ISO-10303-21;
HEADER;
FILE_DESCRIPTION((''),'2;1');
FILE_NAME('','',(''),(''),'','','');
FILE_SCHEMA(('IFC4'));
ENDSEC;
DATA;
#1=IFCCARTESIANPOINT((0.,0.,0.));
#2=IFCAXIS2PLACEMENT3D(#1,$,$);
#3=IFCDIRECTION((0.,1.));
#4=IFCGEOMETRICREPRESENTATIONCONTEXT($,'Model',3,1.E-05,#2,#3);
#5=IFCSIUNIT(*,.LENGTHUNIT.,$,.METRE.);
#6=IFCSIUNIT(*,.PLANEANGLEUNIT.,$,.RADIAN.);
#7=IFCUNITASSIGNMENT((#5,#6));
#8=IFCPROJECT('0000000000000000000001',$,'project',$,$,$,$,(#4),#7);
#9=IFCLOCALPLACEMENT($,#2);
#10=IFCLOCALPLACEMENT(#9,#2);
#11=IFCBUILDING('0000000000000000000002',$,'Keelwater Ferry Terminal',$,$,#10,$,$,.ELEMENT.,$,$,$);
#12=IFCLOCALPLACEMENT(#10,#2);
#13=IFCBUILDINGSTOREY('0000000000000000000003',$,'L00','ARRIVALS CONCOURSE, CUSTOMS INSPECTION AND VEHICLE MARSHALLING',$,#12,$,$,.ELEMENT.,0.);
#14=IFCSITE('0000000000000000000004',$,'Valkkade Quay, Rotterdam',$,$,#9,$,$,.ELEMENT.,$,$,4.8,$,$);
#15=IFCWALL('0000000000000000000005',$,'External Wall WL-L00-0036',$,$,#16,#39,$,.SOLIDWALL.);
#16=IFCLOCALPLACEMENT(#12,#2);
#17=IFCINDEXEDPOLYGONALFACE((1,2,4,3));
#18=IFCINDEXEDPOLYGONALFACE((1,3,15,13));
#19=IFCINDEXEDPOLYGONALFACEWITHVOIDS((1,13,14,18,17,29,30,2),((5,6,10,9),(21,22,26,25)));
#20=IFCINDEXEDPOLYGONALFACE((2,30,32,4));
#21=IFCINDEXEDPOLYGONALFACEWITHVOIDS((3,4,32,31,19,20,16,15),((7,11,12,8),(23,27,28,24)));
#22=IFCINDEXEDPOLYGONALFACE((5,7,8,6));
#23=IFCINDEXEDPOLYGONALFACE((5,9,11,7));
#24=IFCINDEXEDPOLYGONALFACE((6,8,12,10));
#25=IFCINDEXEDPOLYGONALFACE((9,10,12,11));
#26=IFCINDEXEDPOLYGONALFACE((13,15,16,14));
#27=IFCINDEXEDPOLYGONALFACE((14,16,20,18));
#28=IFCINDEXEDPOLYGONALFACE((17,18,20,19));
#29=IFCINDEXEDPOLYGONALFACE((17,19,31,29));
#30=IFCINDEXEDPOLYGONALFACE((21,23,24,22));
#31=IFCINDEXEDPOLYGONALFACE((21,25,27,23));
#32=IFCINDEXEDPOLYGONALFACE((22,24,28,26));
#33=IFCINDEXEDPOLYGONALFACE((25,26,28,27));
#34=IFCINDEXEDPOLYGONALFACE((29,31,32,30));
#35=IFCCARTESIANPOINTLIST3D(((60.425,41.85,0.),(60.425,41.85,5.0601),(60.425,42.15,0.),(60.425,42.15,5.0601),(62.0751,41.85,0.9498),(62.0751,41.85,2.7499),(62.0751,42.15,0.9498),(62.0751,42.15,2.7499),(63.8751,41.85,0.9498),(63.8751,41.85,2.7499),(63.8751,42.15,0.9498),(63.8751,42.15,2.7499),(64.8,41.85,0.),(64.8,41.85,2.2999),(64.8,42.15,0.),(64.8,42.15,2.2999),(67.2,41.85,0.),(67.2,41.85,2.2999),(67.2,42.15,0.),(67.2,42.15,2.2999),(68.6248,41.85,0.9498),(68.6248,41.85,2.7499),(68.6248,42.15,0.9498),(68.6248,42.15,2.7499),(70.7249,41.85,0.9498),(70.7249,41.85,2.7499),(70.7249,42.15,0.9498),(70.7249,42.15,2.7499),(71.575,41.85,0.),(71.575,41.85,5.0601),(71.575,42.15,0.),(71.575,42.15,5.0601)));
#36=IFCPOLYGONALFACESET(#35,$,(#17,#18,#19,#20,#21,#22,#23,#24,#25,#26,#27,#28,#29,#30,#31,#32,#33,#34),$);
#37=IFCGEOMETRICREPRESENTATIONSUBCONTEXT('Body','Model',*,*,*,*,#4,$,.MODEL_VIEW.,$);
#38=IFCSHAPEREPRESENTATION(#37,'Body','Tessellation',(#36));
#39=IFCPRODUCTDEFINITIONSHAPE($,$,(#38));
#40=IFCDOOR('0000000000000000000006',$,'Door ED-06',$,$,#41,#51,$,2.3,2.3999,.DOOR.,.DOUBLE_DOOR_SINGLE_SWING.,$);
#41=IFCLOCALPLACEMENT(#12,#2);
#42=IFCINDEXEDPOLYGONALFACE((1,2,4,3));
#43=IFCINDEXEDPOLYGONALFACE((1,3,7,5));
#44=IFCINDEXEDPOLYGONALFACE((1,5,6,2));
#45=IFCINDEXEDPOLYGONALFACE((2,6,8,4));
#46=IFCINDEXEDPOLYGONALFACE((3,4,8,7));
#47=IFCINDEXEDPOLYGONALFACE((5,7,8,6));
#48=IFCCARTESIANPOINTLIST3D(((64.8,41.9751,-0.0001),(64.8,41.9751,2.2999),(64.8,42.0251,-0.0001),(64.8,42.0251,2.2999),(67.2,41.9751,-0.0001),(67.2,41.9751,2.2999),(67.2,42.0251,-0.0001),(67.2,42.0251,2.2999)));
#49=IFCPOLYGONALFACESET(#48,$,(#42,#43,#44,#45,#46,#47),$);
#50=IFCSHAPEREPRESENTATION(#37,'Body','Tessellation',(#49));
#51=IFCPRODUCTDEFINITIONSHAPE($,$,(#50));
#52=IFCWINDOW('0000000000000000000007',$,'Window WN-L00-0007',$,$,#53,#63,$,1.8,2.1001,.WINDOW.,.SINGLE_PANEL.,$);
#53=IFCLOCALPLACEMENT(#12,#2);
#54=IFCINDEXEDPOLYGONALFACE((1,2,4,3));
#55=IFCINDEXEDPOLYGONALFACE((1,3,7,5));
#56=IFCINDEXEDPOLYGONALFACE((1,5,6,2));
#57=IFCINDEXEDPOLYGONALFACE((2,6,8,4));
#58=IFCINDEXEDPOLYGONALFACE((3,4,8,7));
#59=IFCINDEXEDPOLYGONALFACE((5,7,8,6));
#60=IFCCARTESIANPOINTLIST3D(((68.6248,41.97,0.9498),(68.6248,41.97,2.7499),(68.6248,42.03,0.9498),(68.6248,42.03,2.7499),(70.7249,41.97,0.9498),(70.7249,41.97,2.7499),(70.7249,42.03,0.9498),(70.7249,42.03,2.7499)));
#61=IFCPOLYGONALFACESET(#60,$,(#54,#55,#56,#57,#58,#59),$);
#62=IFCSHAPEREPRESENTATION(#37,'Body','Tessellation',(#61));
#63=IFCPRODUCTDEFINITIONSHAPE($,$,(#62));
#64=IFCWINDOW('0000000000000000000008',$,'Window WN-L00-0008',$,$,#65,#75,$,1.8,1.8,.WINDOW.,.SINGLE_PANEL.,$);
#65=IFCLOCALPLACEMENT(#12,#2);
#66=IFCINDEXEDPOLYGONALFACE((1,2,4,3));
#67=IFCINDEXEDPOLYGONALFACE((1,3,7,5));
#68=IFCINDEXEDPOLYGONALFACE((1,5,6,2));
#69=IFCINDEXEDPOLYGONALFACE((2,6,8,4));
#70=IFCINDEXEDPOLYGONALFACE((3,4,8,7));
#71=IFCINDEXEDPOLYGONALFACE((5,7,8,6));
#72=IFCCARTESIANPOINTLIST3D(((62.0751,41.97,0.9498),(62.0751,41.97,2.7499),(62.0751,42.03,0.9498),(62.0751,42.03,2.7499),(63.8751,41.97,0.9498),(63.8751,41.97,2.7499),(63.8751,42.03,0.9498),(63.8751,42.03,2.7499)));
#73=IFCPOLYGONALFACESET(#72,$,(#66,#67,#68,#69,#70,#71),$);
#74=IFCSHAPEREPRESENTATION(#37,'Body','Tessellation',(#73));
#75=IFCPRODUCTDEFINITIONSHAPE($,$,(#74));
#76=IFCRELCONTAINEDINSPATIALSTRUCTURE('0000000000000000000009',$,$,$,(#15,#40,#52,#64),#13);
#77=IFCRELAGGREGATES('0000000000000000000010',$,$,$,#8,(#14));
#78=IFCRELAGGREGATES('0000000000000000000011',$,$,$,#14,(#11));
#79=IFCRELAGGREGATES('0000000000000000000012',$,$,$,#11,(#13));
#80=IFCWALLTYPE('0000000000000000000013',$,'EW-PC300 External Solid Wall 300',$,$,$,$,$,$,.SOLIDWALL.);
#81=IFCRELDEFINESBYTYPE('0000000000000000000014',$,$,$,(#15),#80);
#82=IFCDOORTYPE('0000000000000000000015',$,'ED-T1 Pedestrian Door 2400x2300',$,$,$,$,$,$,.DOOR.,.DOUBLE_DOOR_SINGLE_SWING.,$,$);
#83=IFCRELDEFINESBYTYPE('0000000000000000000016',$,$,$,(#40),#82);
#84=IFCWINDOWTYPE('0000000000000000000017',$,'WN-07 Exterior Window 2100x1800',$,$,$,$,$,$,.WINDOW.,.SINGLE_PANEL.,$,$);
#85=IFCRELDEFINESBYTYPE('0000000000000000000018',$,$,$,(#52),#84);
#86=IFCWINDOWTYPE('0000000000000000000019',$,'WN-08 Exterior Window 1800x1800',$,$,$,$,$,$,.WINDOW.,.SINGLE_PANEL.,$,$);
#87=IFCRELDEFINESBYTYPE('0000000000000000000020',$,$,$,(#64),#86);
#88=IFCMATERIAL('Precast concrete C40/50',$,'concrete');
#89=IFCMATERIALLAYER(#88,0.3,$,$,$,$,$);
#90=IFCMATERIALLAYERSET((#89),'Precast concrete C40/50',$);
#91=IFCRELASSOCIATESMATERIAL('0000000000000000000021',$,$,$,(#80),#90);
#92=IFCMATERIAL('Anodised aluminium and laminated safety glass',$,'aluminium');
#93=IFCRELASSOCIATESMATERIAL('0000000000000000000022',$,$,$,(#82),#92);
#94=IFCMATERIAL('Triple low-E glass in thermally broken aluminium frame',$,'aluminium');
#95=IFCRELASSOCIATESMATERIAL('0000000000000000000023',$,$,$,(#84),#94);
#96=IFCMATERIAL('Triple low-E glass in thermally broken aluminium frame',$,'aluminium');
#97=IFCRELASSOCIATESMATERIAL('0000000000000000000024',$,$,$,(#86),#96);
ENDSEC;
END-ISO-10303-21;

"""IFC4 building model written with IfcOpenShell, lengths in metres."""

from ifc_helpers import new_model, si_unit, direction, frame, frame_2d, origin, place, context, subcontext, project, spatial, rectangle, extrude, material, layer, layer_set, type_object, element, fill, save


model = new_model("IFC4")

# Units and contexts
model_context = context("Model", 3, precision=1e-05, world=origin(), true_north=direction((0.0, 1.0)))
body_context = subcontext(model_context, "Body", "Model", "MODEL_VIEW")
ifc_project = project(units=[si_unit("LENGTHUNIT", "METRE"), si_unit("PLANEANGLEUNIT", "RADIAN")], contexts=[model_context])

# Site, building, storey
site_placement = place(None, origin())
site = spatial("IfcSite", under=ifc_project, at=site_placement, Name="Valkkade Quay, Rotterdam", CompositionType="ELEMENT", RefElevation=4.8)
building_placement = place(site_placement, origin())
building = spatial("IfcBuilding", under=site, at=building_placement, Name="Keelwater Ferry Terminal", CompositionType="ELEMENT")
storey_placement = place(building_placement, origin())
storey = spatial("IfcBuildingStorey", under=building, at=storey_placement, Name="L00", Description="ARRIVALS CONCOURSE, CUSTOMS INSPECTION AND VEHICLE MARSHALLING", CompositionType="ELEMENT", Elevation=0.0)

# Wall, openings, door, windows
ifc_material_1 = material(Name="Precast concrete C40/50", Category="concrete")
ifc_layer = layer(ifc_material_1, 0.3)
ifc_layer_set = layer_set([ifc_layer], Name="Precast concrete C40/50")
wall_type = type_object("IfcWallType", Name="EW-PC300 External Solid Wall 300", PredefinedType="SOLIDWALL", material=ifc_layer_set)
wall_placement = place(storey_placement, frame((71.575, 42.0, 0.0), z_axis=(0.0, 0.0, 1.0), x_axis=(-1.0, 0.0, 0.0)))
wall = element("IfcWall", 1, at=wall_placement, inside=storey, type_object=wall_type, Name="External Wall WL-L00-0036", PredefinedType="SOLIDWALL", context=body_context, shape_type="SweptSolid", body=[
    extrude(rectangle(XDim=11.1499, YDim=0.3, at=frame_2d((5.575, 0.0))), origin(), (0.0, 0.0, 1.0), 5.0601),
])
opening_1_placement = place(wall_placement, frame((4.375, 0.0, 0.0)))
opening_1 = element("IfcOpeningElement", 2, at=opening_1_placement, cuts=wall, PredefinedType="OPENING", context=body_context, shape_type="SweptSolid", body=[
    extrude(rectangle(XDim=2.3999, YDim=2.3, at=frame_2d((1.2, 1.1499))), frame((0.0, 0.1599, 0.0), z_axis=(0.0, -1.0, 0.0), x_axis=(1.0, 0.0, 0.0)), (0.0, 0.0, 1.0), 0.3201),
])
opening_2_placement = place(wall_placement, frame((0.8501, 0.0, 0.95)))
opening_2 = element("IfcOpeningElement", 3, at=opening_2_placement, cuts=wall, PredefinedType="OPENING", context=body_context, shape_type="SweptSolid", body=[
    extrude(rectangle(XDim=2.1001, YDim=1.8, at=frame_2d((1.05, 0.8999))), frame((0.0, 0.1599, 0.0), z_axis=(0.0, -1.0, 0.0), x_axis=(1.0, 0.0, 0.0)), (0.0, 0.0, 1.0), 0.3201),
])
opening_3_placement = place(wall_placement, frame((7.7, 0.0, 0.95)))
opening_3 = element("IfcOpeningElement", 4, at=opening_3_placement, cuts=wall, PredefinedType="OPENING", context=body_context, shape_type="SweptSolid", body=[
    extrude(rectangle(XDim=1.8, YDim=1.8, at=frame_2d((0.8999, 0.8999))), frame((0.0, 0.1599, 0.0), z_axis=(0.0, -1.0, 0.0), x_axis=(1.0, 0.0, 0.0)), (0.0, 0.0, 1.0), 0.3201),
])
ifc_material_2 = material(Name="Anodised aluminium and laminated safety glass", Category="aluminium")
door_type = type_object("IfcDoorType", Name="ED-T1 Pedestrian Door 2400x2300", OperationType="DOUBLE_DOOR_SINGLE_SWING", PredefinedType="DOOR", material=ifc_material_2)
door_placement = place(opening_1_placement, origin())
door = element("IfcDoor", 5, at=door_placement, inside=storey, type_object=door_type, Name="Door ED-06", OperationType="DOUBLE_DOOR_SINGLE_SWING", OverallHeight=2.3, OverallWidth=2.3999, PredefinedType="DOOR", context=body_context, shape_type="SweptSolid", body=[
    extrude(rectangle(XDim=2.3999, YDim=2.3, at=frame_2d((1.2, 1.1499))), frame((0.0, 0.0249, 0.0), z_axis=(0.0, -1.0, 0.0), x_axis=(1.0, 0.0, 0.0)), (0.0, 0.0, 1.0), 0.05),
])
fill(opening_1, door)
ifc_material_3 = material(Name="Triple low-E glass in thermally broken aluminium frame", Category="aluminium")
window_type_1 = type_object("IfcWindowType", Name="WN-07 Exterior Window 2100x1800", PartitioningType="SINGLE_PANEL", PredefinedType="WINDOW", material=ifc_material_3)
window_1_placement = place(opening_2_placement, origin())
window_1 = element("IfcWindow", 6, at=window_1_placement, inside=storey, type_object=window_type_1, Name="Window WN-L00-0007", OverallHeight=1.8, OverallWidth=2.1001, PartitioningType="SINGLE_PANEL", PredefinedType="WINDOW", context=body_context, shape_type="SweptSolid", body=[
    extrude(rectangle(XDim=2.1001, YDim=1.8, at=frame_2d((1.05, 0.8999))), frame((0.0, 0.03, 0.0), z_axis=(0.0, -1.0, 0.0), x_axis=(1.0, 0.0, 0.0)), (0.0, 0.0, 1.0), 0.0601),
])
fill(opening_2, window_1)
ifc_material_4 = material(Name="Triple low-E glass in thermally broken aluminium frame", Category="aluminium")
window_type_2 = type_object("IfcWindowType", Name="WN-08 Exterior Window 1800x1800", PartitioningType="SINGLE_PANEL", PredefinedType="WINDOW", material=ifc_material_4)
window_2_placement = place(opening_3_placement, origin())
window_2 = element("IfcWindow", 7, at=window_2_placement, inside=storey, type_object=window_type_2, Name="Window WN-L00-0008", OverallHeight=1.8, OverallWidth=1.8, PartitioningType="SINGLE_PANEL", PredefinedType="WINDOW", context=body_context, shape_type="SweptSolid", body=[
    extrude(rectangle(XDim=1.8, YDim=1.8, at=frame_2d((0.8999, 0.8999))), frame((0.0, 0.03, 0.0), z_axis=(0.0, -1.0, 0.0), x_axis=(1.0, 0.0, 0.0)), (0.0, 0.0, 1.0), 0.0601),
])
fill(opening_3, window_2)

save(model, "model.ifc")
